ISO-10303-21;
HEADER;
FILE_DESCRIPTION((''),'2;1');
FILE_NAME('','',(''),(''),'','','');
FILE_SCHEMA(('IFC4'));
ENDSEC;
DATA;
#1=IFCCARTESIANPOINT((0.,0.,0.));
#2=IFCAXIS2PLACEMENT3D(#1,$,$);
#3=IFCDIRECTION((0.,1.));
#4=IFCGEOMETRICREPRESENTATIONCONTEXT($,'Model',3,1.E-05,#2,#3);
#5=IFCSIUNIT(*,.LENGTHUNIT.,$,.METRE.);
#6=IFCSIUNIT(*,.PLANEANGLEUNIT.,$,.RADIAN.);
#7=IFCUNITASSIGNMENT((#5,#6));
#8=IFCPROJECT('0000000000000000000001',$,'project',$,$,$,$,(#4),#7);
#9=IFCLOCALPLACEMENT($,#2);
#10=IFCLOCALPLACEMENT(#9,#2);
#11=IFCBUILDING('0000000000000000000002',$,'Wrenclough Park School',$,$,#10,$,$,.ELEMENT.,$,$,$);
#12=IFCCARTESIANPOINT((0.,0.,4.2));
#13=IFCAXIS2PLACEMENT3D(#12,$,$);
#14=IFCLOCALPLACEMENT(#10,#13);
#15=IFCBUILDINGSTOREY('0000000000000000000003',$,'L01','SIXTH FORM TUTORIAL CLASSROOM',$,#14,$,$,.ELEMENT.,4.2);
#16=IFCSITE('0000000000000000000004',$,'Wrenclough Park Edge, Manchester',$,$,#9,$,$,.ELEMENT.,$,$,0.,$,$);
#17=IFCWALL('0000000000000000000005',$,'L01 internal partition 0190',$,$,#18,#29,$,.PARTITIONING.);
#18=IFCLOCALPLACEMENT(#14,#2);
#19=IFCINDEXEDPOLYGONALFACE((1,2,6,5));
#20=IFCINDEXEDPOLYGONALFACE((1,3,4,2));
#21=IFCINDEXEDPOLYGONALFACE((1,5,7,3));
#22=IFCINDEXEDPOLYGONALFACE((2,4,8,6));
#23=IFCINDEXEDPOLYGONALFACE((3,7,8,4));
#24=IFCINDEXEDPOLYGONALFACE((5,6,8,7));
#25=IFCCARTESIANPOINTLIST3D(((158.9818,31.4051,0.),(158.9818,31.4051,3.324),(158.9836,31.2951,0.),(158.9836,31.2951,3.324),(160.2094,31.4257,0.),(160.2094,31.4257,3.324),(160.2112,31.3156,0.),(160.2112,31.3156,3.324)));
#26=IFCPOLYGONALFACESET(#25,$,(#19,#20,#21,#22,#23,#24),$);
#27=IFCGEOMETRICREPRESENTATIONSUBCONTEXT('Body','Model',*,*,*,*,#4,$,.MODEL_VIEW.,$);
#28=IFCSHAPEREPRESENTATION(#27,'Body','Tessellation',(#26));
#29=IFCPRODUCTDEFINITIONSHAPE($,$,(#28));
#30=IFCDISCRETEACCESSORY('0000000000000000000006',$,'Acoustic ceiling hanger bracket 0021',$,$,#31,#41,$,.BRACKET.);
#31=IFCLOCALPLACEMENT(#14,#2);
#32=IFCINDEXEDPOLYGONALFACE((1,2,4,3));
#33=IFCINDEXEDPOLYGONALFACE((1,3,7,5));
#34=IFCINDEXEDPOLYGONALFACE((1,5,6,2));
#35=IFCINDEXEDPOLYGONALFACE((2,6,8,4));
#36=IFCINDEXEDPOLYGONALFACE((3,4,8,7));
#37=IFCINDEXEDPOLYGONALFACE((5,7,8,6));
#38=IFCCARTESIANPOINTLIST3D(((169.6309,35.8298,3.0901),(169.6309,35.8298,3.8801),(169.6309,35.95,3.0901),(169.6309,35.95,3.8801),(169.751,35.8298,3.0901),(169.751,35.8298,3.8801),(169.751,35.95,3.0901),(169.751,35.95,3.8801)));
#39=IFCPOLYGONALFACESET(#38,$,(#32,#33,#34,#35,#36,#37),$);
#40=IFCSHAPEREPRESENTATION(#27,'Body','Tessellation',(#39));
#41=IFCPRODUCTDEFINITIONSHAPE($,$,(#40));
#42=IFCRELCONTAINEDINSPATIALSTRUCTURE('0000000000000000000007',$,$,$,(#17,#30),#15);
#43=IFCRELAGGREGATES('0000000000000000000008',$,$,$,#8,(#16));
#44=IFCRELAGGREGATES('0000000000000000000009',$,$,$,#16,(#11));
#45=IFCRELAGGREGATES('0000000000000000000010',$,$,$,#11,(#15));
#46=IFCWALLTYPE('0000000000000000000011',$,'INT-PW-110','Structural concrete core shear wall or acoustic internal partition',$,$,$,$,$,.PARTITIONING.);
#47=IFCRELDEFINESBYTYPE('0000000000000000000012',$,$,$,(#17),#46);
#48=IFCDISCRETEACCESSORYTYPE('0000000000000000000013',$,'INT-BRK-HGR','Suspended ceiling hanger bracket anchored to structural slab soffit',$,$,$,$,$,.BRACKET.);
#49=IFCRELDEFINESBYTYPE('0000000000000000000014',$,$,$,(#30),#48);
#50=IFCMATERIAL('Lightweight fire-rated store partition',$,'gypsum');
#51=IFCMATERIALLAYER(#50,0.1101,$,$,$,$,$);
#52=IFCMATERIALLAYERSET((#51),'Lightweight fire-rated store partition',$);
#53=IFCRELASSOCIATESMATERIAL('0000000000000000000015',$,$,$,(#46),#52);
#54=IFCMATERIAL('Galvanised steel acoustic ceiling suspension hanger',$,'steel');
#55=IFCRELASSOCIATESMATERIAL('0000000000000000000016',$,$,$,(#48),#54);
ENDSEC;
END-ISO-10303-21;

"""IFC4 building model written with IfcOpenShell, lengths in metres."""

from ifc_helpers import new_model, si_unit, direction, frame, frame_2d, origin, origin_2d, place, context, subcontext, project, spatial, rectangle, extrude, material, layer, layer_set, type_object, element, save


model = new_model("IFC4")

# Units and contexts
model_context = context("Model", 3, precision=1e-05, world=origin(), true_north=direction((0.0, 1.0)))
body_context = subcontext(model_context, "Body", "Model", "MODEL_VIEW")
ifc_project = project(units=[si_unit("LENGTHUNIT", "METRE"), si_unit("PLANEANGLEUNIT", "RADIAN")], contexts=[model_context])

# Site, building, storey
site_placement = place(None, origin())
site = spatial("IfcSite", under=ifc_project, at=site_placement, Name="Wrenclough Park Edge, Manchester", CompositionType="ELEMENT", RefElevation=0.0)
building_placement = place(site_placement, origin())
building = spatial("IfcBuilding", under=site, at=building_placement, Name="Wrenclough Park School", CompositionType="ELEMENT")
storey_placement = place(building_placement, frame((0.0, 0.0, 4.2)))
storey = spatial("IfcBuildingStorey", under=building, at=storey_placement, Name="L01", Description="SIXTH FORM TUTORIAL CLASSROOM", CompositionType="ELEMENT", Elevation=4.2)

# Wall
ifc_material_1 = material(Name="Lightweight fire-rated store partition", Category="gypsum")
ifc_layer_1 = layer(ifc_material_1, 0.1101)
ifc_layer_set_1 = layer_set([ifc_layer_1], Name="Lightweight fire-rated store partition")
wall_type_1 = type_object("IfcWallType", Name="INT-PW-110", Description="Structural concrete core shear wall or acoustic internal partition", PredefinedType="PARTITIONING", material=ifc_layer_set_1)
wall_1_placement = place(storey_placement, frame((160.2102, 31.3706, 0.0), z_axis=(0.0, 0.0, 1.0), x_axis=(-0.99986, -0.016704, 0.0)))
element("IfcWall", 1, at=wall_1_placement, inside=storey, type_object=wall_type_1, Name="L01 internal partition 0190", PredefinedType="PARTITIONING", context=body_context, shape_type="SweptSolid", body=[
    extrude(rectangle(XDim=1.2278, YDim=0.1101, at=frame_2d((0.6138, 0.0))), origin(), (0.0, 0.0, 1.0), 3.324),
])

# Discrete accessory
ifc_material_2 = material(Name="Galvanised steel acoustic ceiling suspension hanger", Category="steel")
discrete_accessory_type = type_object("IfcDiscreteAccessoryType", Name="INT-BRK-HGR", Description="Suspended ceiling hanger bracket anchored to structural slab soffit", PredefinedType="BRACKET", material=ifc_material_2)
discrete_accessory_placement = place(storey_placement, frame((169.6909, 35.8899, 3.0901), z_axis=(0.0, 0.0, 1.0), x_axis=(1.0, 0.0, 0.0)))
element("IfcDiscreteAccessory", 2, at=discrete_accessory_placement, inside=storey, type_object=discrete_accessory_type, Name="Acoustic ceiling hanger bracket 0021", PredefinedType="BRACKET", context=body_context, shape_type="SweptSolid", body=[
    extrude(rectangle(XDim=0.1201, YDim=0.1201, at=origin_2d()), origin(), (0.0, 0.0, 1.0), 0.79),
])

save(model, "model.ifc")
